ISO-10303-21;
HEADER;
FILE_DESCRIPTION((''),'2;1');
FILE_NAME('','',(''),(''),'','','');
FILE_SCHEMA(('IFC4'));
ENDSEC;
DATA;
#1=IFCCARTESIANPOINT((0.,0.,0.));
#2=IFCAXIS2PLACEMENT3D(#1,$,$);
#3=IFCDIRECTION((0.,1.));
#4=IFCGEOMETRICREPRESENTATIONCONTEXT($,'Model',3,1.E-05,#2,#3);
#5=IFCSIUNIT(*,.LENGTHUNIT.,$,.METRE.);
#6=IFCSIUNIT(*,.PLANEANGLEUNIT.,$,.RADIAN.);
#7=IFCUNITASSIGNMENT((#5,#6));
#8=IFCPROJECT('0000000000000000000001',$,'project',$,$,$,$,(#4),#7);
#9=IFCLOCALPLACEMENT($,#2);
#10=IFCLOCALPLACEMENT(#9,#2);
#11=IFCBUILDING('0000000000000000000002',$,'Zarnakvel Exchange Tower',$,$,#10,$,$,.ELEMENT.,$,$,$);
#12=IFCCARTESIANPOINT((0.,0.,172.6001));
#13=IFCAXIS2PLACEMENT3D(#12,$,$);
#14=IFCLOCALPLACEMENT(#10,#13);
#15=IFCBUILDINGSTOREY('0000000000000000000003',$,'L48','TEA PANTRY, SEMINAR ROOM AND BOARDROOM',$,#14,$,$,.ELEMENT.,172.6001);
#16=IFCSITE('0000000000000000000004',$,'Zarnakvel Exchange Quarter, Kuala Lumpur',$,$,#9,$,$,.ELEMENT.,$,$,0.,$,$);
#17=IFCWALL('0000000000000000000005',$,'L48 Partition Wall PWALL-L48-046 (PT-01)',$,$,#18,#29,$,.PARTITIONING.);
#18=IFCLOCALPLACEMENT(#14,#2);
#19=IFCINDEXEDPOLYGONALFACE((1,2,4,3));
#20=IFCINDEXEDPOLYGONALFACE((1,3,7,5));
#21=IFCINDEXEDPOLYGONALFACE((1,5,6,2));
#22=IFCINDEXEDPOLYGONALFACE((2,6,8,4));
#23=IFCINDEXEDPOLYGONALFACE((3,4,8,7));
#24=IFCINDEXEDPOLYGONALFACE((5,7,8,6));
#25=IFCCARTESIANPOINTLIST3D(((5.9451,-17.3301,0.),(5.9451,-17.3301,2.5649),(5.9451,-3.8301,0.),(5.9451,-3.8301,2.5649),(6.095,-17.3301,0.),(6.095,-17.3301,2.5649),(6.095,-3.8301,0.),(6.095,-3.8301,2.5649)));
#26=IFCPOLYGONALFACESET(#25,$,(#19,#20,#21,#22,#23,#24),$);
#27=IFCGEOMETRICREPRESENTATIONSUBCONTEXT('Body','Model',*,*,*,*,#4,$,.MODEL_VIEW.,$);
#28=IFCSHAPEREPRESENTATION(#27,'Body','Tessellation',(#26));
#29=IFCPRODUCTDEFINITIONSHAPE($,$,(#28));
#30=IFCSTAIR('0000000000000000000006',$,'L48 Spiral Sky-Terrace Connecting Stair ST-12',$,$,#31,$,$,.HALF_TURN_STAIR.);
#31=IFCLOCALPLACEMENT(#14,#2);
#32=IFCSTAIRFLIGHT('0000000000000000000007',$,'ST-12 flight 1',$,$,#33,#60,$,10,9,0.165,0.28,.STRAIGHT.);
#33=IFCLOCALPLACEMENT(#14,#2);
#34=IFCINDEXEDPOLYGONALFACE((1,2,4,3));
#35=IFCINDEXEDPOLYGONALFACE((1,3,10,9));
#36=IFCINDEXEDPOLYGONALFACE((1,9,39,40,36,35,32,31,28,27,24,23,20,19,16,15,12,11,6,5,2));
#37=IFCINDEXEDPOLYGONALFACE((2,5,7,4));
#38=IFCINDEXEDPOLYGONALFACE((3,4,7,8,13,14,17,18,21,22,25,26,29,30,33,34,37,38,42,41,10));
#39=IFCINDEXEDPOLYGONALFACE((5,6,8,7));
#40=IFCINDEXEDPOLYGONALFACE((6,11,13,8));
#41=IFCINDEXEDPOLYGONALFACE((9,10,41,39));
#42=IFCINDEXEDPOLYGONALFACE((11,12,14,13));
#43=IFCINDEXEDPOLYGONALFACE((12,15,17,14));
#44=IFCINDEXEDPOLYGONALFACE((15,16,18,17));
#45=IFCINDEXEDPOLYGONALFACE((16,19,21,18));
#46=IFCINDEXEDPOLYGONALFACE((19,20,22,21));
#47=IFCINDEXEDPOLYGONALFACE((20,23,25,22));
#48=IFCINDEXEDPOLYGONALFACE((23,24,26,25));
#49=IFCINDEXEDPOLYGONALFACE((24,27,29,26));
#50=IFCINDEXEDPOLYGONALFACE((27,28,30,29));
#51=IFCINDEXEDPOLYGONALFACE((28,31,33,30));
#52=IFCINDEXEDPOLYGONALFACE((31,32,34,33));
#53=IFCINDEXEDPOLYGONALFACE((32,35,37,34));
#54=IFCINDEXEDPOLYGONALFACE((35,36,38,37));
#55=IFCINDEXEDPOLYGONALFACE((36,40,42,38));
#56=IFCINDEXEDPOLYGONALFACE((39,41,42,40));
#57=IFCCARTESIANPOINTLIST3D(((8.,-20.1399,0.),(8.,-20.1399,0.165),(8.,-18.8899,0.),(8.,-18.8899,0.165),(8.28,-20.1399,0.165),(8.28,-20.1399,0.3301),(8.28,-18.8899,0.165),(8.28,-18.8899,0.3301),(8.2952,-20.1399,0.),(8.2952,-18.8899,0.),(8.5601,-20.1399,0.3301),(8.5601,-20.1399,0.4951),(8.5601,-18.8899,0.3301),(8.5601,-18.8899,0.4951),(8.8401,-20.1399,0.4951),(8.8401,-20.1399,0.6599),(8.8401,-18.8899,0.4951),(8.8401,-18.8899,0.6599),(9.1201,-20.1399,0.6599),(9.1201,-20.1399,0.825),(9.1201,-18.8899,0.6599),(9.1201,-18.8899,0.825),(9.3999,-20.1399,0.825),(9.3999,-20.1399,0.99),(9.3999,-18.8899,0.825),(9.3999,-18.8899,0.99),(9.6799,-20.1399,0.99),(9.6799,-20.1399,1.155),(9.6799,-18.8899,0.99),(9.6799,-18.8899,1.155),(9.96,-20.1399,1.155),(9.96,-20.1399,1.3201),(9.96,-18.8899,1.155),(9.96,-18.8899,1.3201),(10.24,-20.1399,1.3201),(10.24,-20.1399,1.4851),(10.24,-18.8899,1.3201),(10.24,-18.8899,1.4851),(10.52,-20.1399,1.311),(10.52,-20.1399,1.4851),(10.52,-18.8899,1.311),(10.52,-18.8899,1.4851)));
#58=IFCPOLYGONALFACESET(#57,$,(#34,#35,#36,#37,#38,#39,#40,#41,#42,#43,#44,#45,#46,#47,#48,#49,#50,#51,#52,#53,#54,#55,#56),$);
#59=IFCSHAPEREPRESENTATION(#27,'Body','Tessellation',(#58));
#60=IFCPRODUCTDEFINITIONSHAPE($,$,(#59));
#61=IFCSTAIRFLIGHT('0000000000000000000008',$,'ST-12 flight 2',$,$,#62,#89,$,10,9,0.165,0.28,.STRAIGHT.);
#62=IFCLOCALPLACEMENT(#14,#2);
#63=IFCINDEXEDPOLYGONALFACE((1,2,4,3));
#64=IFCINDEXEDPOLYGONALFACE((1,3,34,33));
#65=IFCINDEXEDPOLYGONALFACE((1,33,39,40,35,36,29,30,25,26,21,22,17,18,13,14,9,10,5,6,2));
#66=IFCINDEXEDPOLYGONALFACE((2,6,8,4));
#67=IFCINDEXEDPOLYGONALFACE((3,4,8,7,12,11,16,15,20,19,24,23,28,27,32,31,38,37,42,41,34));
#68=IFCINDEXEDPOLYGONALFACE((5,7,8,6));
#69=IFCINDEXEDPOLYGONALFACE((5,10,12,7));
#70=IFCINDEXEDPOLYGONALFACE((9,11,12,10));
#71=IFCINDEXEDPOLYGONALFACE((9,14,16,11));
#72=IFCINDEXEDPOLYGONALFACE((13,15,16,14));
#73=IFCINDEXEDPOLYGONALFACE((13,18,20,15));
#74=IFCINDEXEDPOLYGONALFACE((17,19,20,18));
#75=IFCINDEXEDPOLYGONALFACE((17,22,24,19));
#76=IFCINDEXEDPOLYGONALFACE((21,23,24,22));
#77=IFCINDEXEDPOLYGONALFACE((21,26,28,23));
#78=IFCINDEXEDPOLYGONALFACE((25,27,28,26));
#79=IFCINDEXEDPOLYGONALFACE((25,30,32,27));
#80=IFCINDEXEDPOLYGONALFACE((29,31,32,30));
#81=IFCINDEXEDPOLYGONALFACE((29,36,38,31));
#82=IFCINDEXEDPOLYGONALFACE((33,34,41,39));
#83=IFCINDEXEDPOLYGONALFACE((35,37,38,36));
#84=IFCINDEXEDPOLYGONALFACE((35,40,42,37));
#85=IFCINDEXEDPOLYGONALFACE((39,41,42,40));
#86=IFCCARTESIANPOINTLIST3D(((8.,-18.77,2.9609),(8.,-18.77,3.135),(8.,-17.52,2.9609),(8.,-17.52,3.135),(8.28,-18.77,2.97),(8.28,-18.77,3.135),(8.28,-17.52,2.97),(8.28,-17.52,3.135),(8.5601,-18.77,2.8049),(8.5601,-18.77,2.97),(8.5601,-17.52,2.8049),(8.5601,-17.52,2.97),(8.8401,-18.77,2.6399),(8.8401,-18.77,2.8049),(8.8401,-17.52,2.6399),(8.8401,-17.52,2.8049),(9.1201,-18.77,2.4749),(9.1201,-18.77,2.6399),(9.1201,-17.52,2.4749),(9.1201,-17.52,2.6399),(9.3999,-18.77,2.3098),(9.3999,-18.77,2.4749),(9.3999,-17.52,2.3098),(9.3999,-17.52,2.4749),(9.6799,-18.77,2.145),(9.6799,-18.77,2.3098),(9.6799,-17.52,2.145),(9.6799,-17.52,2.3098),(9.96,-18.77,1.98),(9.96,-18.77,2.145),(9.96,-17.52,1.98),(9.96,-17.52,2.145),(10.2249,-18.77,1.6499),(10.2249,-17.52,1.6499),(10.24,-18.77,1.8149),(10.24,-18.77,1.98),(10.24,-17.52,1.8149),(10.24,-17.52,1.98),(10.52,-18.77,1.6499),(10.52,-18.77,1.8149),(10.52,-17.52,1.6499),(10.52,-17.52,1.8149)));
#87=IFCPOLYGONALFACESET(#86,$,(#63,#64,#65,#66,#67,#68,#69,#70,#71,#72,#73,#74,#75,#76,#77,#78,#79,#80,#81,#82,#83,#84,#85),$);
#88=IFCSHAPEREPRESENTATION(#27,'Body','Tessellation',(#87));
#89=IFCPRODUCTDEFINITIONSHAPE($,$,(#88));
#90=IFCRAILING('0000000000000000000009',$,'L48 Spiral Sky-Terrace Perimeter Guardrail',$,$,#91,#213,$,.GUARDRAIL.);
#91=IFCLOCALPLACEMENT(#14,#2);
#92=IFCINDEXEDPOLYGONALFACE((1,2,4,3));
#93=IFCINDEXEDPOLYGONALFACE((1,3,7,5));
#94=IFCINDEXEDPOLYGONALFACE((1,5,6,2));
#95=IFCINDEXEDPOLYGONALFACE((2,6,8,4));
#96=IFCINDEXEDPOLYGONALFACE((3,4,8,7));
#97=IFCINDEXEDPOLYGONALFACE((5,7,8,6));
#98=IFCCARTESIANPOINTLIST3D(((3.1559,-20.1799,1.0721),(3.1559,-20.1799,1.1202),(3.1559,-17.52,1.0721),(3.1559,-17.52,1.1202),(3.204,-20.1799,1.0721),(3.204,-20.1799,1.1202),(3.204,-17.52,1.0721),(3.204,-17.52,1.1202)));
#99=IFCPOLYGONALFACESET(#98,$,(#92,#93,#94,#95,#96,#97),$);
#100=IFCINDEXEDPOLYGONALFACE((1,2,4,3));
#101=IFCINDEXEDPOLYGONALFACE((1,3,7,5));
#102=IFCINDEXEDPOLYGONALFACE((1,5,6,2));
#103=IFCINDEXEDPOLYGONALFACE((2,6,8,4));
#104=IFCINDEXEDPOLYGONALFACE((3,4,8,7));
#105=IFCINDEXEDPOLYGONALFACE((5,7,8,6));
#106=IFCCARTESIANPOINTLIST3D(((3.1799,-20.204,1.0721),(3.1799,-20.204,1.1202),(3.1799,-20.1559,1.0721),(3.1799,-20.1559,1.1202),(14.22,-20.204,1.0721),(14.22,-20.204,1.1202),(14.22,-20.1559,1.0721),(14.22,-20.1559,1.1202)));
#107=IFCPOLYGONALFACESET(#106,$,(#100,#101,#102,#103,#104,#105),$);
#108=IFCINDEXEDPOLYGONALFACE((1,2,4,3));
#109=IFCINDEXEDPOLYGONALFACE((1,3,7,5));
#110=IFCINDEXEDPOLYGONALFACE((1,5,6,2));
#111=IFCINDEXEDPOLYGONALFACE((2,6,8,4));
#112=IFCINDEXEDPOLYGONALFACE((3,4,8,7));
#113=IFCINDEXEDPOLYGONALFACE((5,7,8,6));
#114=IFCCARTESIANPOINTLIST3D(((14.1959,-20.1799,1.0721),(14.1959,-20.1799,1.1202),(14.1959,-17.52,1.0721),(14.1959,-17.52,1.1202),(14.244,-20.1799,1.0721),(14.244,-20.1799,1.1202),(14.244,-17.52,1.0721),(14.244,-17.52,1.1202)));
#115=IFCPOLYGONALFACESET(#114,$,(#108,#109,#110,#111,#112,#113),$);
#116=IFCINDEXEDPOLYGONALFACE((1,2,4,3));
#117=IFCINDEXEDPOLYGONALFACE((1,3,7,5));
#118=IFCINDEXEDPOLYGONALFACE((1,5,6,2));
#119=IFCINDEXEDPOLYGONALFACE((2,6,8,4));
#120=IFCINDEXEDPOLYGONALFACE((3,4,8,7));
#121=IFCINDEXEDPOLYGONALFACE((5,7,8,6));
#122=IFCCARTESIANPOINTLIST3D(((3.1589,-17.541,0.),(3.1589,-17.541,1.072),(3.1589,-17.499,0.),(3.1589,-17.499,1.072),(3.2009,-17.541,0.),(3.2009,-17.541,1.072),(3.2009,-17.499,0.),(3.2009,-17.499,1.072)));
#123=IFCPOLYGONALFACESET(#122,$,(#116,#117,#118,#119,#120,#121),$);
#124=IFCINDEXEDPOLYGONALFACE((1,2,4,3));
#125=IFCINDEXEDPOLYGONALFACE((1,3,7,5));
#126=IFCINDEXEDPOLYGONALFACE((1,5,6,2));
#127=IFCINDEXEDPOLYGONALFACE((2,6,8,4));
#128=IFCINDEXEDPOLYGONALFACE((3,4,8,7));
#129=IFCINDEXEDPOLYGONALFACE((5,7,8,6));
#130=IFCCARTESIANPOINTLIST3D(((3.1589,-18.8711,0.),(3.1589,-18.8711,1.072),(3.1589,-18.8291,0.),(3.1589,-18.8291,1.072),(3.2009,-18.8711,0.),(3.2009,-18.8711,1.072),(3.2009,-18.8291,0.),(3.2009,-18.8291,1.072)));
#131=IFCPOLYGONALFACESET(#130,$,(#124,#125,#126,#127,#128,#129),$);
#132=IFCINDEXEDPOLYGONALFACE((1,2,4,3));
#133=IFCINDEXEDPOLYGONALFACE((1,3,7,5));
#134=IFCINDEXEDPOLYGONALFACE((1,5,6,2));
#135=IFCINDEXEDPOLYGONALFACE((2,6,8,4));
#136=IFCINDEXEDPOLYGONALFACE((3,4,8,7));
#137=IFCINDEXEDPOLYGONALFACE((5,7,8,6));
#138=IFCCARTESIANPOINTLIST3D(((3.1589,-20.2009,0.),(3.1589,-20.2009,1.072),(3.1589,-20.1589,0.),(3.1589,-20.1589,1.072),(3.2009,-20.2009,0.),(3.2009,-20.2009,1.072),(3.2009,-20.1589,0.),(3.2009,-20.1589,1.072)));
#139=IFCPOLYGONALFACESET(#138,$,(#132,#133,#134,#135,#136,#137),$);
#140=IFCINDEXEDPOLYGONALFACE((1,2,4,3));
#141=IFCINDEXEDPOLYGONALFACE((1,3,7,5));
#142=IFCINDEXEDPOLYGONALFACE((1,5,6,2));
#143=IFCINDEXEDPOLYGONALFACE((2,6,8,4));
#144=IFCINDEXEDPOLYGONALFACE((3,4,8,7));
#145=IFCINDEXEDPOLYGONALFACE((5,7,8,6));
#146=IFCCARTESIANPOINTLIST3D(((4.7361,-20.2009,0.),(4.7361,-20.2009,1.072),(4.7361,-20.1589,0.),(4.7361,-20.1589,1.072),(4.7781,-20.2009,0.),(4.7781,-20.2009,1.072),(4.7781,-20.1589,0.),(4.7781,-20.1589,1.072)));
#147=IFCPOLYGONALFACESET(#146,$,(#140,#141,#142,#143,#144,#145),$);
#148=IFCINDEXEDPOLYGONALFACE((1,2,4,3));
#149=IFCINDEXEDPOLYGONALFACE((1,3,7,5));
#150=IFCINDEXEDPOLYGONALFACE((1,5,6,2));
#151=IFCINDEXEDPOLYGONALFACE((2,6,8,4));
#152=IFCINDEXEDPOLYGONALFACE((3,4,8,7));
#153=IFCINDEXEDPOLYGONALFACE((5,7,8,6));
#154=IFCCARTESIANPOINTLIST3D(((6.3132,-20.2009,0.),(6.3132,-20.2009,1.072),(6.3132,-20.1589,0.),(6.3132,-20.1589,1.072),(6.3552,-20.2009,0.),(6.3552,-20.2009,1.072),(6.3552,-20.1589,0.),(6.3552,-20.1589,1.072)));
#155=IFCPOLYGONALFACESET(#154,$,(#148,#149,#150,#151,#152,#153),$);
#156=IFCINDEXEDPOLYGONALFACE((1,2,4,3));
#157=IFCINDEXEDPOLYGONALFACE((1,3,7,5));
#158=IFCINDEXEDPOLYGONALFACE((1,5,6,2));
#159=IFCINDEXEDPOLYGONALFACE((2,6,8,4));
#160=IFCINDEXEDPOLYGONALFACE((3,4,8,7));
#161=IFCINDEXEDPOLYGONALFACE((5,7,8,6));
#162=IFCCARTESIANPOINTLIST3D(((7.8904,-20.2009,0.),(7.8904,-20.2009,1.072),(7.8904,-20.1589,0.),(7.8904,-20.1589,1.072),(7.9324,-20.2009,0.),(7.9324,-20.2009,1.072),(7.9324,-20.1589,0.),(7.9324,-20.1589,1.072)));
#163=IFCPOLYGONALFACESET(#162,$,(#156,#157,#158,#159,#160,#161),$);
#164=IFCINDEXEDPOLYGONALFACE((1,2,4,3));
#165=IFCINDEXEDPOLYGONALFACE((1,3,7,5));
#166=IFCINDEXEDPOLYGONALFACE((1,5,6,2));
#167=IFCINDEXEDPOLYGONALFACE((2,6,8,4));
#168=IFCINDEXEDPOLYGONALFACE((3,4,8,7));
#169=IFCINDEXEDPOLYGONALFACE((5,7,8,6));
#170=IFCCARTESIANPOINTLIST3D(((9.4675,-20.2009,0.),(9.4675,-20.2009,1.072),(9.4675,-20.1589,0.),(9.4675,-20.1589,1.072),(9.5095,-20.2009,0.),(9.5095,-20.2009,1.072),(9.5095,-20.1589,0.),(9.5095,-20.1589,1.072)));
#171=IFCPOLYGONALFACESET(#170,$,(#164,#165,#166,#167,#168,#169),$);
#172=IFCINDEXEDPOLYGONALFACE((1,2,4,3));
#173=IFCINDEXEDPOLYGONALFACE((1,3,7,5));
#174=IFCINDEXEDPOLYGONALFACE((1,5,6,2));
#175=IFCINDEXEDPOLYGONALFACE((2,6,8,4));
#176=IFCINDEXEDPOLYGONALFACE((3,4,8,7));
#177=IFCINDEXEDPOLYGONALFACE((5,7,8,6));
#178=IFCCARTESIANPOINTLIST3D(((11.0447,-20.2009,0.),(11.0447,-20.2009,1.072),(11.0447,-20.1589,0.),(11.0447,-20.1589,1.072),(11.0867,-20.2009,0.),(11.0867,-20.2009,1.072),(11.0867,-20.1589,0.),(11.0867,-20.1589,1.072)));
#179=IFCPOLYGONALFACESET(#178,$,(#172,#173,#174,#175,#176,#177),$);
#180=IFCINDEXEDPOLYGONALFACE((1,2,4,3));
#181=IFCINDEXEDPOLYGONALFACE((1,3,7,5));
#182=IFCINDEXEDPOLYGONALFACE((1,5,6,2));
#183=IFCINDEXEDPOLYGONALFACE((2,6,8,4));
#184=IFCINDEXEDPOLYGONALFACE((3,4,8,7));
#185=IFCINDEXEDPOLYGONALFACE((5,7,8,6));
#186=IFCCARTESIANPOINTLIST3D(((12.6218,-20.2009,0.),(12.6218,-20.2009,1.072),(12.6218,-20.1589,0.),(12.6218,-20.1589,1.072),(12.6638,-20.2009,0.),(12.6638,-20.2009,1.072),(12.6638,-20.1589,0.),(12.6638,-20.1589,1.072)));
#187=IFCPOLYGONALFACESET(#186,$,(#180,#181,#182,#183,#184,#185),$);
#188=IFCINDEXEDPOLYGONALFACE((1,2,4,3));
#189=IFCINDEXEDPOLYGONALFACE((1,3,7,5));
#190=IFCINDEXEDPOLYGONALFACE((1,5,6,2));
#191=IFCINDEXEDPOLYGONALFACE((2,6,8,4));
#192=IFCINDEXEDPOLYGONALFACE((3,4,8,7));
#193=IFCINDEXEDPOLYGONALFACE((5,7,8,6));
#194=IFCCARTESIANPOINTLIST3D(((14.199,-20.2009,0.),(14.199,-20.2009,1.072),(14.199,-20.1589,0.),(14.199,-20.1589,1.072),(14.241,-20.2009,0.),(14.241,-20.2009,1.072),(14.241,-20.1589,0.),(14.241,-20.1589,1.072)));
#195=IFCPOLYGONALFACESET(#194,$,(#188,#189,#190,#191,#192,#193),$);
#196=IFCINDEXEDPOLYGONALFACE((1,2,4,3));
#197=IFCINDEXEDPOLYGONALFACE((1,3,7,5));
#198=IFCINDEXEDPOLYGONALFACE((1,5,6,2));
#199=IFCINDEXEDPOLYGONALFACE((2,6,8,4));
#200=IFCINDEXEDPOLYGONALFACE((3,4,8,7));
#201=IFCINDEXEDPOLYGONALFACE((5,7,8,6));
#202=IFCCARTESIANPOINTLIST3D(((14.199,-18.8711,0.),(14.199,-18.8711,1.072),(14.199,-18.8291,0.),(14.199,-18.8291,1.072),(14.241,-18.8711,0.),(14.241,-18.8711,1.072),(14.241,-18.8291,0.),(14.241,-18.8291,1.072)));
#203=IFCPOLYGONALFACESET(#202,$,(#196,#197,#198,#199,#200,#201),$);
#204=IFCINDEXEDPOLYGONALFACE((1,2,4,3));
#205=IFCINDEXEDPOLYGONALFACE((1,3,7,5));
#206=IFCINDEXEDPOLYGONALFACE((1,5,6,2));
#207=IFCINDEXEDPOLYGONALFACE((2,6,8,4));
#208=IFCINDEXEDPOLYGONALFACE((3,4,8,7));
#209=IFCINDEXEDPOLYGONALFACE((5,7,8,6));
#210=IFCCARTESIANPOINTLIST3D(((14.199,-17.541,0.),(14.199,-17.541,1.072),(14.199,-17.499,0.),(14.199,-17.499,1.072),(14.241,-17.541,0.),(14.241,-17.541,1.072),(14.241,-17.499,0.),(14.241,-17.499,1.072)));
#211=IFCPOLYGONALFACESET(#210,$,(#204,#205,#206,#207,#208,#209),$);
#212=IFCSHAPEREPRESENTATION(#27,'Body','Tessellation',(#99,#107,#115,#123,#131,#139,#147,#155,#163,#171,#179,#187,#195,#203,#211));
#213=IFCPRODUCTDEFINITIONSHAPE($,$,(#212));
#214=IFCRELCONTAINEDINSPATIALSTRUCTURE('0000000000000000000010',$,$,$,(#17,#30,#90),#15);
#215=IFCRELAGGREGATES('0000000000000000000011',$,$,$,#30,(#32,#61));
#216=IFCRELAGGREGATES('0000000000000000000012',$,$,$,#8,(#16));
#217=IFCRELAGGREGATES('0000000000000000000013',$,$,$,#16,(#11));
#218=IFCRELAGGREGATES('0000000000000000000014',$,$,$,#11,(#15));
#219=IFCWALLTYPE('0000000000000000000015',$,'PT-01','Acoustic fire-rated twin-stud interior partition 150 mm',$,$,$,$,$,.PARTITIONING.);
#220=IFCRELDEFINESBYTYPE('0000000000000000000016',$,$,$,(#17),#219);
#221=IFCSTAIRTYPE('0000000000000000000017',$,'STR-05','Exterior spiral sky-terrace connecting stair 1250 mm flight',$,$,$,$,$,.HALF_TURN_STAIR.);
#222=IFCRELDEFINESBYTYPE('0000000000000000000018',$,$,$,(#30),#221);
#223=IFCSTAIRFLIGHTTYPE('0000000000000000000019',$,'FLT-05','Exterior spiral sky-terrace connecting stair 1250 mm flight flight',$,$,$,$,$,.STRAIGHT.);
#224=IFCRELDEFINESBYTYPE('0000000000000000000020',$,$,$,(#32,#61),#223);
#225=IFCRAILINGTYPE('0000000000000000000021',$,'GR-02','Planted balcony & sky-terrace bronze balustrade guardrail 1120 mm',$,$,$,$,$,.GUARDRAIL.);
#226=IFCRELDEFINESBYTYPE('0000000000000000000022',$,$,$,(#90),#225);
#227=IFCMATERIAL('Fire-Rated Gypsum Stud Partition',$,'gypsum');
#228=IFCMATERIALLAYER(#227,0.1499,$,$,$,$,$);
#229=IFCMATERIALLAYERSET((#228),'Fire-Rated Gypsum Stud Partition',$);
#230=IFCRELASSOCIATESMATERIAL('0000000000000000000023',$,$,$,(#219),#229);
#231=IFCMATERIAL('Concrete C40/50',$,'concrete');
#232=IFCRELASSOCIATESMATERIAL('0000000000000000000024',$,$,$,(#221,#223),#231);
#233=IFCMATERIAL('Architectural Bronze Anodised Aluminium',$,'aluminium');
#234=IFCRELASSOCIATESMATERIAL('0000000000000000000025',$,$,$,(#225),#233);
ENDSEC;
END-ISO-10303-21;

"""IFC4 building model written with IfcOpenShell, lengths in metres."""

from ifc_helpers import new_model, si_unit, direction, frame, frame_2d, origin, origin_2d, place, context, subcontext, project, spatial, polyline, rectangle, outline, extrude, material, layer, layer_set, type_object, element, aggregate, save


model = new_model("IFC4")

# Units and contexts
model_context = context("Model", 3, precision=1e-05, world=origin(), true_north=direction((0.0, 1.0)))
body_context = subcontext(model_context, "Body", "Model", "MODEL_VIEW")
ifc_project = project(units=[si_unit("LENGTHUNIT", "METRE"), si_unit("PLANEANGLEUNIT", "RADIAN")], contexts=[model_context])

# Site, building, storey
site_placement = place(None, origin())
site = spatial("IfcSite", under=ifc_project, at=site_placement, Name="Zarnakvel Exchange Quarter, Kuala Lumpur", CompositionType="ELEMENT", RefElevation=0.0)
building_placement = place(site_placement, origin())
building = spatial("IfcBuilding", under=site, at=building_placement, Name="Zarnakvel Exchange Tower", CompositionType="ELEMENT")
storey_placement = place(building_placement, frame((0.0, 0.0, 172.6001)))
storey = spatial("IfcBuildingStorey", under=building, at=storey_placement, Name="L48", Description="TEA PANTRY, SEMINAR ROOM AND BOARDROOM", CompositionType="ELEMENT", Elevation=172.6001)

# Shared definitions
ifc_material_1 = material(Name="Architectural Bronze Anodised Aluminium", Category="aluminium")

# Wall
ifc_material_2 = material(Name="Fire-Rated Gypsum Stud Partition", Category="gypsum")
ifc_layer_1 = layer(ifc_material_2, 0.1499)
ifc_layer_set_1 = layer_set([ifc_layer_1], Name="Fire-Rated Gypsum Stud Partition")
wall_type = type_object("IfcWallType", Name="PT-01", Description="Acoustic fire-rated twin-stud interior partition 150 mm", PredefinedType="PARTITIONING", material=ifc_layer_set_1)
wall_placement = place(storey_placement, frame((6.02, -17.3301, 0.0), z_axis=(0.0, 0.0, 1.0), x_axis=(0.0, 1.0, 0.0)))
element("IfcWall", 1, at=wall_placement, inside=storey, type_object=wall_type, Name="L48 Partition Wall PWALL-L48-046 (PT-01)", PredefinedType="PARTITIONING", context=body_context, shape_type="SweptSolid", body=[
    extrude(rectangle(XDim=13.5, YDim=0.1499, at=frame_2d((6.75, 0.0))), origin(), (0.0, 0.0, 1.0), 2.5649),
])

# Stair, stair flights
ifc_material_3 = material(Name="Concrete C40/50", Category="concrete")
stair_type = type_object("IfcStairType", Name="STR-05", Description="Exterior spiral sky-terrace connecting stair 1250 mm flight", PredefinedType="HALF_TURN_STAIR", material=ifc_material_3)
stair_placement = place(storey_placement, origin())
stair = element("IfcStair", 2, at=stair_placement, inside=storey, type_object=stair_type, Name="L48 Spiral Sky-Terrace Connecting Stair ST-12", PredefinedType="HALF_TURN_STAIR")
stair_flight_type = type_object("IfcStairFlightType", Name="FLT-05", Description="Exterior spiral sky-terrace connecting stair 1250 mm flight flight", PredefinedType="STRAIGHT", material=ifc_material_3)
stair_flight_1_placement = place(storey_placement, frame((8.0, -19.5149, 0.0), z_axis=(0.0, 0.0, 1.0), x_axis=(1.0, 0.0, 0.0)))
stair_flight_1 = element("IfcStairFlight", 3, at=stair_flight_1_placement, type_object=stair_flight_type, Name="ST-12 flight 1", NumberOfRisers=10, NumberOfTreads=9, PredefinedType="STRAIGHT", RiserHeight=0.165, TreadLength=0.28, context=body_context, shape_type="SweptSolid", body=[
    extrude(outline(polyline([(0.0, 0.0), (0.0, 0.165), (0.28, 0.165), (0.28, 0.3301), (0.5601, 0.3301), (0.5601, 0.4951), (0.8401, 0.4951), (0.8401, 0.6599), (1.1201, 0.6599), (1.1201, 0.825), (1.3999, 0.825), (1.3999, 0.99), (1.6799, 0.99), (1.6799, 1.155), (1.96, 1.155), (1.96, 1.3201), (2.24, 1.3201), (2.24, 1.4851), (2.52, 1.4851), (2.52, 1.6499), (2.52, 1.311), (0.2952, 0.0), (0.0, 0.0)])), frame((0.0, 0.625, 0.0), z_axis=(0.0, -1.0, 0.0), x_axis=(1.0, 0.0, 0.0)), (0.0, 0.0, 1.0), 1.25),
])
stair_flight_2_placement = place(storey_placement, frame((10.52, -18.145, 1.6499), z_axis=(0.0, 0.0, 1.0), x_axis=(-1.0, 0.0, 0.0)))
stair_flight_2 = element("IfcStairFlight", 4, at=stair_flight_2_placement, type_object=stair_flight_type, Name="ST-12 flight 2", NumberOfRisers=10, NumberOfTreads=9, PredefinedType="STRAIGHT", RiserHeight=0.165, TreadLength=0.28, context=body_context, shape_type="SweptSolid", body=[
    extrude(outline(polyline([(0.0, 0.0), (0.0, 0.165), (0.28, 0.165), (0.28, 0.3301), (0.5601, 0.3301), (0.5601, 0.4951), (0.8401, 0.4951), (0.8401, 0.6599), (1.1201, 0.6599), (1.1201, 0.825), (1.3999, 0.825), (1.3999, 0.99), (1.6799, 0.99), (1.6799, 1.155), (1.96, 1.155), (1.96, 1.3201), (2.24, 1.3201), (2.24, 1.4851), (2.52, 1.4851), (2.52, 1.6499), (2.52, 1.311), (0.2952, 0.0), (0.0, 0.0)])), frame((0.0, 0.625, 0.0), z_axis=(0.0, -1.0, 0.0), x_axis=(1.0, 0.0, 0.0)), (0.0, 0.0, 1.0), 1.25),
])
aggregate(stair, [stair_flight_1, stair_flight_2])

# Railing
railing_type_1 = type_object("IfcRailingType", Name="GR-02", Description="Planted balcony & sky-terrace bronze balustrade guardrail 1120 mm", PredefinedType="GUARDRAIL", material=ifc_material_1)
railing_1_placement = place(storey_placement, frame((3.1799, -17.52, 0.0)))
element("IfcRailing", 5, at=railing_1_placement, inside=storey, type_object=railing_type_1, Name="L48 Spiral Sky-Terrace Perimeter Guardrail", PredefinedType="GUARDRAIL", context=body_context, shape_type="SweptSolid", body=[
    extrude(rectangle(XDim=0.0481, YDim=0.0481, at=origin_2d()), frame((0.0, 0.0, 1.0962), z_axis=(0.0, -1.0, 0.0), x_axis=(1.0, 0.0, 0.0)), (0.0, 0.0, 1.0), 2.6599),
    extrude(rectangle(XDim=0.0481, YDim=0.0481, at=origin_2d()), frame((0.0, -2.6599, 1.0962), z_axis=(1.0, 0.0, 0.0), x_axis=(0.0, 1.0, 0.0)), (0.0, 0.0, 1.0), 11.04),
    extrude(rectangle(XDim=0.0481, YDim=0.0481, at=origin_2d()), frame((11.04, -2.6599, 1.0962), z_axis=(0.0, 1.0, 0.0), x_axis=(-1.0, 0.0, 0.0)), (0.0, 0.0, 1.0), 2.6599),
    extrude(rectangle(XDim=0.042, YDim=0.042, at=origin_2d()), origin(), (0.0, 0.0, 1.0), 1.072),
    extrude(rectangle(XDim=0.042, YDim=0.042, at=origin_2d()), frame((0.0, -1.3301, 0.0)), (0.0, 0.0, 1.0), 1.072),
    extrude(rectangle(XDim=0.042, YDim=0.042, at=origin_2d()), frame((0.0, -2.6599, 0.0)), (0.0, 0.0, 1.0), 1.072),
    extrude(rectangle(XDim=0.042, YDim=0.042, at=origin_2d()), frame((1.5771, -2.6599, 0.0)), (0.0, 0.0, 1.0), 1.072),
    extrude(rectangle(XDim=0.042, YDim=0.042, at=origin_2d()), frame((3.1543, -2.6599, 0.0)), (0.0, 0.0, 1.0), 1.072),
    extrude(rectangle(XDim=0.042, YDim=0.042, at=origin_2d()), frame((4.7314, -2.6599, 0.0)), (0.0, 0.0, 1.0), 1.072),
    extrude(rectangle(XDim=0.042, YDim=0.042, at=origin_2d()), frame((6.3086, -2.6599, 0.0)), (0.0, 0.0, 1.0), 1.072),
    extrude(rectangle(XDim=0.042, YDim=0.042, at=origin_2d()), frame((7.8857, -2.6599, 0.0)), (0.0, 0.0, 1.0), 1.072),
    extrude(rectangle(XDim=0.042, YDim=0.042, at=origin_2d()), frame((9.4629, -2.6599, 0.0)), (0.0, 0.0, 1.0), 1.072),
    extrude(rectangle(XDim=0.042, YDim=0.042, at=origin_2d()), frame((11.04, -2.6599, 0.0)), (0.0, 0.0, 1.0), 1.072),
    extrude(rectangle(XDim=0.042, YDim=0.042, at=origin_2d()), frame((11.04, -1.3301, 0.0)), (0.0, 0.0, 1.0), 1.072),
    extrude(rectangle(XDim=0.042, YDim=0.042, at=origin_2d()), frame((11.04, 0.0, 0.0)), (0.0, 0.0, 1.0), 1.072),
])

save(model, "model.ifc")
